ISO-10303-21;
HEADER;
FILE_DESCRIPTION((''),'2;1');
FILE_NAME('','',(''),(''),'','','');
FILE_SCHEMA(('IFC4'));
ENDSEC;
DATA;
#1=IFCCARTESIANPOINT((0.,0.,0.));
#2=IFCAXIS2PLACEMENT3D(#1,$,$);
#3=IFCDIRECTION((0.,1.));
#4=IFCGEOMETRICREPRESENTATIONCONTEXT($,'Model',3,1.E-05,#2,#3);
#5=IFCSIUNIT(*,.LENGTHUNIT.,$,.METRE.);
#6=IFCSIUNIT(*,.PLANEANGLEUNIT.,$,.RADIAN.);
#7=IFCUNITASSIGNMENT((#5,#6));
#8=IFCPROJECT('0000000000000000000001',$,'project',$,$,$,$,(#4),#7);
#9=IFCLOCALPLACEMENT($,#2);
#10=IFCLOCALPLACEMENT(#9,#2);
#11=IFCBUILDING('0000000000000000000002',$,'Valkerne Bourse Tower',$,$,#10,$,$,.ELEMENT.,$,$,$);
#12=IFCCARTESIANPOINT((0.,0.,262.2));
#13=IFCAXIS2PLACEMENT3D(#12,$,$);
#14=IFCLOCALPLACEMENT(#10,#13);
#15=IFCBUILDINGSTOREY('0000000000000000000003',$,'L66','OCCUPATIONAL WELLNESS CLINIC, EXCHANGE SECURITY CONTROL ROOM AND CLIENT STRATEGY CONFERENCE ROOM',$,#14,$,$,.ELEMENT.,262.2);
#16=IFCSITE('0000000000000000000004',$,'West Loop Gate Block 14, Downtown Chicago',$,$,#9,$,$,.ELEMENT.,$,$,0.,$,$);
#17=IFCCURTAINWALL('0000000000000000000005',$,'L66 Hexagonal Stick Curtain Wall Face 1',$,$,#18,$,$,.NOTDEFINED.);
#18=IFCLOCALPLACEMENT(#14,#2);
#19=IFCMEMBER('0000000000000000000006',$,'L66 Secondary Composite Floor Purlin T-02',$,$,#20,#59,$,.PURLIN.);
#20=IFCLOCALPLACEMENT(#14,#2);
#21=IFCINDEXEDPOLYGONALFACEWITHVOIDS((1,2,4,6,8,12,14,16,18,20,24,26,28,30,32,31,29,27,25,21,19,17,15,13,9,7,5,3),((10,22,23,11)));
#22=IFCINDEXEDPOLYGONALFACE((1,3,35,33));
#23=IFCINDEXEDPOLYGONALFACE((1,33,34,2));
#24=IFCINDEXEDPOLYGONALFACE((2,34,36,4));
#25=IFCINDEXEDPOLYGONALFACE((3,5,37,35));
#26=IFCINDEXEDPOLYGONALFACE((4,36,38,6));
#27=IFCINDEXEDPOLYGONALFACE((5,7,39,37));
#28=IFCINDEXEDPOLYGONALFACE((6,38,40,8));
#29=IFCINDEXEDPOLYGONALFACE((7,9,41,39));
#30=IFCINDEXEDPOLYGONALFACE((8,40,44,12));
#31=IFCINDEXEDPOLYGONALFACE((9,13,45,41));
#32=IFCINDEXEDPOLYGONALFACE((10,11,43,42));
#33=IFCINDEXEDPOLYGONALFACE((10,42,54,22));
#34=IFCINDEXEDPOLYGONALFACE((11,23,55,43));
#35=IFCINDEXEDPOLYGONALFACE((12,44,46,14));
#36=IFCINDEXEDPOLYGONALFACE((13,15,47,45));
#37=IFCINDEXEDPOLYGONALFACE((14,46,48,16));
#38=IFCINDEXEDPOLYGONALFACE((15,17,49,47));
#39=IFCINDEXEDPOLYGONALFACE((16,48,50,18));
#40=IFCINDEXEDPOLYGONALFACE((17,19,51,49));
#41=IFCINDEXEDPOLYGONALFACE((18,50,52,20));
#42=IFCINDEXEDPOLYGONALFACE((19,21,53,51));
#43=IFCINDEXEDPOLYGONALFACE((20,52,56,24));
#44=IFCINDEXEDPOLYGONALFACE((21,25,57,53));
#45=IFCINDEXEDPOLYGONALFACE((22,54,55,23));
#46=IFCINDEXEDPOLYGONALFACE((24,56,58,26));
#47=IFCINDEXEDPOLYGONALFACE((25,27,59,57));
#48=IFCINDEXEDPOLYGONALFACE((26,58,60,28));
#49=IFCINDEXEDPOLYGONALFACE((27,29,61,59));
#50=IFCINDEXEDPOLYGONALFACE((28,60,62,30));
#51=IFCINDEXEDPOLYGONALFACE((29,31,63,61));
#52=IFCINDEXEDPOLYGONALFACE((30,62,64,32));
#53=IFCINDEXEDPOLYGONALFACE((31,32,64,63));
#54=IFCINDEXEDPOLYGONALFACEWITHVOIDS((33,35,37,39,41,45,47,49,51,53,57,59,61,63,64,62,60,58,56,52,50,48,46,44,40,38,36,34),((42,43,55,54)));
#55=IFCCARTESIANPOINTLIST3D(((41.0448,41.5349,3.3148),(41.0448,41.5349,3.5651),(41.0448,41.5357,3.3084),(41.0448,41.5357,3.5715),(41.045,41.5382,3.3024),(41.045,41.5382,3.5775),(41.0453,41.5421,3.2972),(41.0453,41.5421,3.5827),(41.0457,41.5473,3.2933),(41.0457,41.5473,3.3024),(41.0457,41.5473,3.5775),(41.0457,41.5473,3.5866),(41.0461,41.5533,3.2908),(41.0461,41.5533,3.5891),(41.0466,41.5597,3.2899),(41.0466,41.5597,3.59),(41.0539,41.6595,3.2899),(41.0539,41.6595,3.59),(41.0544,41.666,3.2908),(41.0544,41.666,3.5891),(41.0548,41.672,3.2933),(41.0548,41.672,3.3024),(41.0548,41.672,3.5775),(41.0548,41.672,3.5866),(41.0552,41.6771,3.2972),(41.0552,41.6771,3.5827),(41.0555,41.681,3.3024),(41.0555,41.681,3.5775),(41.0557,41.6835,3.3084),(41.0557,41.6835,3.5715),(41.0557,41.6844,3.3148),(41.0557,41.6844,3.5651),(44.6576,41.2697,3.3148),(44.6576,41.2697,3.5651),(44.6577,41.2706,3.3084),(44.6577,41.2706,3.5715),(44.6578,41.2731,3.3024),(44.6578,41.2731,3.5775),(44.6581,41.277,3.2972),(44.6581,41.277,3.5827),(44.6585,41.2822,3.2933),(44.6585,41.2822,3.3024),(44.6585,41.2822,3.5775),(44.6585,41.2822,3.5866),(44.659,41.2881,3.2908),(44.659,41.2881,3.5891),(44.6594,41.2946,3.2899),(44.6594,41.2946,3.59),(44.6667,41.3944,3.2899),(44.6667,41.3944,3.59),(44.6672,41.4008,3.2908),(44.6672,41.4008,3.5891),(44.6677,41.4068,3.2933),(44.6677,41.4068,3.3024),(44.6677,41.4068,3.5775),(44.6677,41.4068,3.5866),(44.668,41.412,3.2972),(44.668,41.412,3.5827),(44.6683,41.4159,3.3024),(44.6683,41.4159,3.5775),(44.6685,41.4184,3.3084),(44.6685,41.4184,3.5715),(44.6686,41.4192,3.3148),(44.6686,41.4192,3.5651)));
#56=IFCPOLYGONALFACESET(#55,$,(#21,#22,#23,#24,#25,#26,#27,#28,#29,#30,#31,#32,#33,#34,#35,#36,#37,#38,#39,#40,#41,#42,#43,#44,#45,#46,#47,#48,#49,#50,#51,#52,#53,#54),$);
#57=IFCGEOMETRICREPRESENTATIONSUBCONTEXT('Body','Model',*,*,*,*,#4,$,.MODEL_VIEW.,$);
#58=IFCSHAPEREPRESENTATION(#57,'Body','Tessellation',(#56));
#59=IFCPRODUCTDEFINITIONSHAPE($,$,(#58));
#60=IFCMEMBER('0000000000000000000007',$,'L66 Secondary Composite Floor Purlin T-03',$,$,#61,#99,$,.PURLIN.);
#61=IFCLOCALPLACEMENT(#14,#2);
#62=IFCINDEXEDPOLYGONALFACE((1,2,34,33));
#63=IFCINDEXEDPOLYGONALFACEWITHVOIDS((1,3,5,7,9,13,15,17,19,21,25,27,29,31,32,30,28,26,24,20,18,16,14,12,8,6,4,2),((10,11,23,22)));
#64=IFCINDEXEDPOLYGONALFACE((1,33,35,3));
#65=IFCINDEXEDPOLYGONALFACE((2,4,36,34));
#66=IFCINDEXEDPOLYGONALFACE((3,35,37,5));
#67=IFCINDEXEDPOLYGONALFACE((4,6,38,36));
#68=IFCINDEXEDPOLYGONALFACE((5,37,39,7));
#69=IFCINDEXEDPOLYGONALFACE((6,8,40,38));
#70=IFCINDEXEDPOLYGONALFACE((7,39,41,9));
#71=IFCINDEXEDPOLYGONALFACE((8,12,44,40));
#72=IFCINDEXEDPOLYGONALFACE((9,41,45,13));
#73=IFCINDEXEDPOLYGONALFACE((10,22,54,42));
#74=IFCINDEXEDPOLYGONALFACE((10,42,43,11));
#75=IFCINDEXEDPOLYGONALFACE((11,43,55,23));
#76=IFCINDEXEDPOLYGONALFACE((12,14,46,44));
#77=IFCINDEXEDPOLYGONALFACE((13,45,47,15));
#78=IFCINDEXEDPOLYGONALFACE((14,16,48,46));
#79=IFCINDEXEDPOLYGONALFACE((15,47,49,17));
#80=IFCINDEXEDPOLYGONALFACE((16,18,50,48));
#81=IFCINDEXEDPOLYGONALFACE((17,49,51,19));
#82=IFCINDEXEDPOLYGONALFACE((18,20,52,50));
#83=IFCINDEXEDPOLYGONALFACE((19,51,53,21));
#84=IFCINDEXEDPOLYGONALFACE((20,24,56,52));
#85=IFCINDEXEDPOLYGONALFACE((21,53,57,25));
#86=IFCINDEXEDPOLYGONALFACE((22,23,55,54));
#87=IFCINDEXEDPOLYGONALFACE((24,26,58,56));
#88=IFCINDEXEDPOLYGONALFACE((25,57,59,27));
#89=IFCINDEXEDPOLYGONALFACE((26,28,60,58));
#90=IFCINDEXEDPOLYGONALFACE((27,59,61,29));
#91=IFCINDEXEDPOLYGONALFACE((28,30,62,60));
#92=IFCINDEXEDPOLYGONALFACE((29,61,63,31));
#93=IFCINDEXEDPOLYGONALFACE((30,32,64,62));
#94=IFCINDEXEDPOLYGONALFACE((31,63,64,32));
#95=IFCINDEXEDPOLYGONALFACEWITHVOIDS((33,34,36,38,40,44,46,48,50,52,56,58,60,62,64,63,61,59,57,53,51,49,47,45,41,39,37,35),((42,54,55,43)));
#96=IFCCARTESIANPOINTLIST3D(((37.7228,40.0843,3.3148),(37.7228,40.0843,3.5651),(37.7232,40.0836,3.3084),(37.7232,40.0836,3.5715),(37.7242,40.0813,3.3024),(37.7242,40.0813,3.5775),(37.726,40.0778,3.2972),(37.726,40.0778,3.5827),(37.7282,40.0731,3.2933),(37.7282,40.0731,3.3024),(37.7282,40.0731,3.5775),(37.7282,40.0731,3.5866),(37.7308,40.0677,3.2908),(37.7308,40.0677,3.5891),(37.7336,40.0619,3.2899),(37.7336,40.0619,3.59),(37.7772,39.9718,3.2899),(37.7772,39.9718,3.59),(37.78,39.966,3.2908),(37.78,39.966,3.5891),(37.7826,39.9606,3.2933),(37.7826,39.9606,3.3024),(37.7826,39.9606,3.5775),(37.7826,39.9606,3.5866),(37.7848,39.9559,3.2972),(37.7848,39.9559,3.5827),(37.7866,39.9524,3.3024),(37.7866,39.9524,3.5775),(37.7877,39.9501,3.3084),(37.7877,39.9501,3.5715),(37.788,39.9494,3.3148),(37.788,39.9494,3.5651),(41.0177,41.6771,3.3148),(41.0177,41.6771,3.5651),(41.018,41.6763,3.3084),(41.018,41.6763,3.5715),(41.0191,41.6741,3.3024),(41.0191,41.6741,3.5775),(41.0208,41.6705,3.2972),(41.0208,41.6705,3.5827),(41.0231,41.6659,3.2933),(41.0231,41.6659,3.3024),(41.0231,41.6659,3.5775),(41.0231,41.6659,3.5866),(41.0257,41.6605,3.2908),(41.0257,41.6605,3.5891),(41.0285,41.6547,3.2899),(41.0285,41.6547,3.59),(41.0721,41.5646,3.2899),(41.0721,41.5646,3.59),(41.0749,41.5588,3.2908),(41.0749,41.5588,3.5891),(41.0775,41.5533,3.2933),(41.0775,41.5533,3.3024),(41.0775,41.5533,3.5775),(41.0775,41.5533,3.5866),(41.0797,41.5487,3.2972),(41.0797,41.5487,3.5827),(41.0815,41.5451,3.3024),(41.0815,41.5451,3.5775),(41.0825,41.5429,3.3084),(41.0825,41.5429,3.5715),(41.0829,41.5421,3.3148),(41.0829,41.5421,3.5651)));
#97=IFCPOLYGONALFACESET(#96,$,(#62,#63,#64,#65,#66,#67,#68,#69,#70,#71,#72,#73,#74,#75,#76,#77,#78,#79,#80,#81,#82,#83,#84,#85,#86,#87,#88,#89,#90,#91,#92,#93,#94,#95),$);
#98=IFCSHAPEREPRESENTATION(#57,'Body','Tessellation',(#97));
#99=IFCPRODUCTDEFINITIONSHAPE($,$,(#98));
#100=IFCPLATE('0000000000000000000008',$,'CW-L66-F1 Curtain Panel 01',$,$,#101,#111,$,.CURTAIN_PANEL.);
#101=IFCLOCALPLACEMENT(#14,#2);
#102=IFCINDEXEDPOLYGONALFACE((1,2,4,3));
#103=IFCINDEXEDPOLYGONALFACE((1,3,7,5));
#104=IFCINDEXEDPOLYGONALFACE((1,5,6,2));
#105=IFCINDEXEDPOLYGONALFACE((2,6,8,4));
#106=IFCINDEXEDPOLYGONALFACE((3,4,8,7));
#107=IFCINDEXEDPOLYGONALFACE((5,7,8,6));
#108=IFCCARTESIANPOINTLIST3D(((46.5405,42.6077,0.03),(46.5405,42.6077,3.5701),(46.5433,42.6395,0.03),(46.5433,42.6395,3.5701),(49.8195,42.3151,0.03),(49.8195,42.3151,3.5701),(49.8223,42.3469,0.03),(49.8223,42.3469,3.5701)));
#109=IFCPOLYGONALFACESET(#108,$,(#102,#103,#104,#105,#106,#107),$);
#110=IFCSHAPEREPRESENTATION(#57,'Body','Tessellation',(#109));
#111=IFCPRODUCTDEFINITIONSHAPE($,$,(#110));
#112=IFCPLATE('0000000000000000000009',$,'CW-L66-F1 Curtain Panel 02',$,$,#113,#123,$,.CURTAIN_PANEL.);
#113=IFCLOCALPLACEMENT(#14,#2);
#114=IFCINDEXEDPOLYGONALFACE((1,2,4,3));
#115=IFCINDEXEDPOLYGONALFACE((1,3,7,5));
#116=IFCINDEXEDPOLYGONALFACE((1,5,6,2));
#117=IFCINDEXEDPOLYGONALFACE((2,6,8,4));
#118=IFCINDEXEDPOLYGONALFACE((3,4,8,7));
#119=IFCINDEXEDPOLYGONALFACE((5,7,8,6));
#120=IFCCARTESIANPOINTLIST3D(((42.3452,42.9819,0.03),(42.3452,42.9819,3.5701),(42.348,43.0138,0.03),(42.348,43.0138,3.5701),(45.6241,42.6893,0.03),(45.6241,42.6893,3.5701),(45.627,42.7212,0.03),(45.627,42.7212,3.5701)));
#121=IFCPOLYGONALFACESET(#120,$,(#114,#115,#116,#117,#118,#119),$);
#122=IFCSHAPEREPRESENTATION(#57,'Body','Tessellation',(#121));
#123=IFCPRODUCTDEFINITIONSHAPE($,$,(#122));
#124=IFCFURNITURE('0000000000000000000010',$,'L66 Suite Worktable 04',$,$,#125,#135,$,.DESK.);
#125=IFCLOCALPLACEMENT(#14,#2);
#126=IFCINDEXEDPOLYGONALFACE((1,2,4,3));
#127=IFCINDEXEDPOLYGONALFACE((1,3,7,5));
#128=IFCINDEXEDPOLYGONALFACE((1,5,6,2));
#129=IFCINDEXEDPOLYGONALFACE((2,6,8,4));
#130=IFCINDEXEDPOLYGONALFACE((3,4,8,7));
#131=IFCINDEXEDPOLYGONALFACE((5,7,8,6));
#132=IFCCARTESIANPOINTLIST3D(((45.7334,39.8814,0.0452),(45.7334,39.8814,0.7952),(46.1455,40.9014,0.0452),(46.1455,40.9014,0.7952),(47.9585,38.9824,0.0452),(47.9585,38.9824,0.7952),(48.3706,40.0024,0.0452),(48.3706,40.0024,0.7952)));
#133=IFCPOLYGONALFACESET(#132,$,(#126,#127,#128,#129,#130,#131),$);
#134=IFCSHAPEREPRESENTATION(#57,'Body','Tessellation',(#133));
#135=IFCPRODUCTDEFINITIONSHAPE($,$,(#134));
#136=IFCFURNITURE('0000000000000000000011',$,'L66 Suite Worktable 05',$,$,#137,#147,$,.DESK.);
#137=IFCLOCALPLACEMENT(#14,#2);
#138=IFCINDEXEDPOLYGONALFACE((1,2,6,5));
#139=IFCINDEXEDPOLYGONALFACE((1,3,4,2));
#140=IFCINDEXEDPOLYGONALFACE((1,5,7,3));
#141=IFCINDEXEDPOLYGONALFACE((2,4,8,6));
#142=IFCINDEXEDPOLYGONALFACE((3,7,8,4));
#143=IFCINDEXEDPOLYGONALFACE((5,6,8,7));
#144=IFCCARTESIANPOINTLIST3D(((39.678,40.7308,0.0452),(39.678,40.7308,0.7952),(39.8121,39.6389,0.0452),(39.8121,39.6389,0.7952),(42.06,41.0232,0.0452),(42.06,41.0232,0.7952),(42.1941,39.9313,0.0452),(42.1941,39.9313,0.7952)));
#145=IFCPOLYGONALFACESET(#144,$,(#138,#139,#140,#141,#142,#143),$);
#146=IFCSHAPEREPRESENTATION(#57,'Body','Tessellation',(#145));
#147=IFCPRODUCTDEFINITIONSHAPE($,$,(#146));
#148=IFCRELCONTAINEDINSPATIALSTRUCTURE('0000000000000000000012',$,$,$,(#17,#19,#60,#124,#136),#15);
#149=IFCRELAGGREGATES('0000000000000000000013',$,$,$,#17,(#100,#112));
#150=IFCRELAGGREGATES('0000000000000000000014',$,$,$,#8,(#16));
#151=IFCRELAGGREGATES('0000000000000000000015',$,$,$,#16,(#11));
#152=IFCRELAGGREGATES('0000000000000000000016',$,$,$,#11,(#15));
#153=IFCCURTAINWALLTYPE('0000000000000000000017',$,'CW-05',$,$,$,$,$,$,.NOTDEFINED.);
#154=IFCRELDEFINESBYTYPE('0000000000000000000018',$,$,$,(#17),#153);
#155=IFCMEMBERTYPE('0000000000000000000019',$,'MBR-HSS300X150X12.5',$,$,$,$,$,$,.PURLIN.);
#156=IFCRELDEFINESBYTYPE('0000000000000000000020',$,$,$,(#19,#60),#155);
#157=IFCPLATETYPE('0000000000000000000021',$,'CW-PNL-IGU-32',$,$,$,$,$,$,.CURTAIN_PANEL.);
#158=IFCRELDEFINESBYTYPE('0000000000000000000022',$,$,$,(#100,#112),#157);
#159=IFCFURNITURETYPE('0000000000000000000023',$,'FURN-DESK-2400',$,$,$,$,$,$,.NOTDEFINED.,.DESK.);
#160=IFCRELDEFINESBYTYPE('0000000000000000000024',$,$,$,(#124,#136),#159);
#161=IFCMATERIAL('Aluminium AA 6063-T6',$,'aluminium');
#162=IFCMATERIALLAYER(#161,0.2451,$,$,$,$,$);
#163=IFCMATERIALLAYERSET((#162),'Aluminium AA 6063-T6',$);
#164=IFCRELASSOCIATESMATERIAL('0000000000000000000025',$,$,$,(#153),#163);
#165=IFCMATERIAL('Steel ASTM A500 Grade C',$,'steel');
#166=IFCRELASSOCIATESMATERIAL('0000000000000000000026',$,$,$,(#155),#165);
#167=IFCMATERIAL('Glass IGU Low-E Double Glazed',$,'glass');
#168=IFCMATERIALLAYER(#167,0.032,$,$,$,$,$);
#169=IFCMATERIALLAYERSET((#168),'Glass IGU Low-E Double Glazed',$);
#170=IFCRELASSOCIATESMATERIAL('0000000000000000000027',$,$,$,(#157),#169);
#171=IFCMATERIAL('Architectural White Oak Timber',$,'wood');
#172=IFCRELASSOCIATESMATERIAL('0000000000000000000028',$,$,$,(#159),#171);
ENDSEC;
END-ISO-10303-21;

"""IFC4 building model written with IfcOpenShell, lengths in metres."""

from ifc_helpers import new_model, si_unit, direction, frame, origin, origin_2d, place, context, subcontext, project, spatial, rectangle, hollow_rectangle, extrude, material, layer, layer_set, material_profile, profile_set, type_object, element, aggregate, save


model = new_model("IFC4")

# Units and contexts
model_context = context("Model", 3, precision=1e-05, world=origin(), true_north=direction((0.0, 1.0)))
body_context = subcontext(model_context, "Body", "Model", "MODEL_VIEW")
ifc_project = project(units=[si_unit("LENGTHUNIT", "METRE"), si_unit("PLANEANGLEUNIT", "RADIAN")], contexts=[model_context])

# Site, building, storey
site_placement = place(None, origin())
site = spatial("IfcSite", under=ifc_project, at=site_placement, Name="West Loop Gate Block 14, Downtown Chicago", CompositionType="ELEMENT", RefElevation=0.0)
building_placement = place(site_placement, origin())
building = spatial("IfcBuilding", under=site, at=building_placement, Name="Valkerne Bourse Tower", CompositionType="ELEMENT")
storey_placement = place(building_placement, frame((0.0, 0.0, 262.2)))
storey = spatial("IfcBuildingStorey", under=building, at=storey_placement, Name="L66", Description="OCCUPATIONAL WELLNESS CLINIC, EXCHANGE SECURITY CONTROL ROOM AND CLIENT STRATEGY CONFERENCE ROOM", CompositionType="ELEMENT", Elevation=262.2)

# Curtain wall
ifc_material_1 = material(Name="Aluminium AA 6063-T6", Category="aluminium")
ifc_layer_1 = layer(ifc_material_1, 0.2451)
ifc_layer_set_1 = layer_set([ifc_layer_1], Name="Aluminium AA 6063-T6")
curtain_wall_type = type_object("IfcCurtainWallType", Name="CW-05", PredefinedType="NOTDEFINED", material=ifc_layer_set_1)
curtain_wall_placement = place(storey_placement, origin())
curtain_wall = element("IfcCurtainWall", 1, at=curtain_wall_placement, inside=storey, type_object=curtain_wall_type, Name="L66 Hexagonal Stick Curtain Wall Face 1", PredefinedType="NOTDEFINED")

# Members
ifc_material_2 = material(Name="Steel ASTM A500 Grade C", Category="steel")
ifc_material_profile_1 = material_profile(ifc_material_2, hollow_rectangle(XDim=0.1499, YDim=0.3, WallThickness=0.0125, OuterFilletRadius=0.0249, at=origin_2d()), Name="HSS300X150X12.5")
ifc_profile_set_1 = profile_set([ifc_material_profile_1], Name="Steel ASTM A500 Grade C")
member_type_1 = type_object("IfcMemberType", Name="MBR-HSS300X150X12.5", PredefinedType="PURLIN", material=ifc_profile_set_1)
member_1_placement = place(storey_placement, frame((44.6631, 41.3445, 3.4399), z_axis=(-0.997318, 0.073191, 0.0), x_axis=(-0.073191, -0.997318, 0.0)))
element("IfcMember", 2, at=member_1_placement, inside=storey, type_object=member_type_1, Name="L66 Secondary Composite Floor Purlin T-02", PredefinedType="PURLIN", context=body_context, shape_type="SweptSolid", body=[
    extrude(hollow_rectangle(XDim=0.1499, YDim=0.3, WallThickness=0.0125, OuterFilletRadius=0.0249, at=origin_2d()), origin(), (0.0, 0.0, 1.0), 3.6226),
])
member_2_placement = place(storey_placement, frame((41.0503, 41.6096, 3.4399), z_axis=(-0.900325, -0.435219, 0.0), x_axis=(0.435219, -0.900325, 0.0)))
element("IfcMember", 3, at=member_2_placement, inside=storey, type_object=member_type_1, Name="L66 Secondary Composite Floor Purlin T-03", PredefinedType="PURLIN", context=body_context, shape_type="SweptSolid", body=[
    extrude(hollow_rectangle(XDim=0.1499, YDim=0.3, WallThickness=0.0125, OuterFilletRadius=0.0249, at=origin_2d()), origin(), (0.0, 0.0, 1.0), 3.6597),
])

# Plates
ifc_material_3 = material(Name="Glass IGU Low-E Double Glazed", Category="glass")
ifc_layer_2 = layer(ifc_material_3, 0.032)
ifc_layer_set_2 = layer_set([ifc_layer_2], Name="Glass IGU Low-E Double Glazed")
plate_type = type_object("IfcPlateType", Name="CW-PNL-IGU-32", PredefinedType="CURTAIN_PANEL", material=ifc_layer_set_2)
plate_1_placement = place(storey_placement, frame((48.1814, 42.4773, 0.03), z_axis=(0.0, 0.0, 1.0), x_axis=(-0.996041, 0.088889, 0.0)))
plate_1 = element("IfcPlate", 4, at=plate_1_placement, type_object=plate_type, Name="CW-L66-F1 Curtain Panel 01", PredefinedType="CURTAIN_PANEL", context=body_context, shape_type="SweptSolid", body=[
    extrude(rectangle(XDim=3.292, YDim=0.032, at=origin_2d()), origin(), (0.0, 0.0, 1.0), 3.54),
])
plate_2_placement = place(storey_placement, frame((43.9861, 42.8516, 0.03), z_axis=(0.0, 0.0, 1.0), x_axis=(-0.996041, 0.088889, 0.0)))
plate_2 = element("IfcPlate", 5, at=plate_2_placement, type_object=plate_type, Name="CW-L66-F1 Curtain Panel 02", PredefinedType="CURTAIN_PANEL", context=body_context, shape_type="SweptSolid", body=[
    extrude(rectangle(XDim=3.292, YDim=0.032, at=origin_2d()), origin(), (0.0, 0.0, 1.0), 3.54),
])
aggregate(curtain_wall, [plate_1, plate_2])

# Furniture
ifc_material_4 = material(Name="Architectural White Oak Timber", Category="wood")
furniture_type = type_object("IfcFurnitureType", Name="FURN-DESK-2400", AssemblyPlace="NOTDEFINED", PredefinedType="DESK", material=ifc_material_4)
for number, where, z_axis, x_axis, name in (
    (6, (47.052, 39.9419, 0.0452), (0.0, 0.0, 1.0), (-0.927184, 0.374607, 0.0), "L66 Suite Worktable 04"),
    (7, (40.936, 40.3311, 0.0452), (0.0, 0.0, 1.0), (0.992546, 0.121869, 0.0), "L66 Suite Worktable 05"),
):
    element("IfcFurniture", number, at=place(storey_placement, frame(where, z_axis=z_axis, x_axis=x_axis)), inside=storey, type_object=furniture_type, Name=name, PredefinedType="DESK", context=body_context, shape_type="SweptSolid", body=[
        extrude(rectangle(XDim=2.3999, YDim=1.1001, at=origin_2d()), origin(), (0.0, 0.0, 1.0), 0.75),
    ])

save(model, "model.ifc")
